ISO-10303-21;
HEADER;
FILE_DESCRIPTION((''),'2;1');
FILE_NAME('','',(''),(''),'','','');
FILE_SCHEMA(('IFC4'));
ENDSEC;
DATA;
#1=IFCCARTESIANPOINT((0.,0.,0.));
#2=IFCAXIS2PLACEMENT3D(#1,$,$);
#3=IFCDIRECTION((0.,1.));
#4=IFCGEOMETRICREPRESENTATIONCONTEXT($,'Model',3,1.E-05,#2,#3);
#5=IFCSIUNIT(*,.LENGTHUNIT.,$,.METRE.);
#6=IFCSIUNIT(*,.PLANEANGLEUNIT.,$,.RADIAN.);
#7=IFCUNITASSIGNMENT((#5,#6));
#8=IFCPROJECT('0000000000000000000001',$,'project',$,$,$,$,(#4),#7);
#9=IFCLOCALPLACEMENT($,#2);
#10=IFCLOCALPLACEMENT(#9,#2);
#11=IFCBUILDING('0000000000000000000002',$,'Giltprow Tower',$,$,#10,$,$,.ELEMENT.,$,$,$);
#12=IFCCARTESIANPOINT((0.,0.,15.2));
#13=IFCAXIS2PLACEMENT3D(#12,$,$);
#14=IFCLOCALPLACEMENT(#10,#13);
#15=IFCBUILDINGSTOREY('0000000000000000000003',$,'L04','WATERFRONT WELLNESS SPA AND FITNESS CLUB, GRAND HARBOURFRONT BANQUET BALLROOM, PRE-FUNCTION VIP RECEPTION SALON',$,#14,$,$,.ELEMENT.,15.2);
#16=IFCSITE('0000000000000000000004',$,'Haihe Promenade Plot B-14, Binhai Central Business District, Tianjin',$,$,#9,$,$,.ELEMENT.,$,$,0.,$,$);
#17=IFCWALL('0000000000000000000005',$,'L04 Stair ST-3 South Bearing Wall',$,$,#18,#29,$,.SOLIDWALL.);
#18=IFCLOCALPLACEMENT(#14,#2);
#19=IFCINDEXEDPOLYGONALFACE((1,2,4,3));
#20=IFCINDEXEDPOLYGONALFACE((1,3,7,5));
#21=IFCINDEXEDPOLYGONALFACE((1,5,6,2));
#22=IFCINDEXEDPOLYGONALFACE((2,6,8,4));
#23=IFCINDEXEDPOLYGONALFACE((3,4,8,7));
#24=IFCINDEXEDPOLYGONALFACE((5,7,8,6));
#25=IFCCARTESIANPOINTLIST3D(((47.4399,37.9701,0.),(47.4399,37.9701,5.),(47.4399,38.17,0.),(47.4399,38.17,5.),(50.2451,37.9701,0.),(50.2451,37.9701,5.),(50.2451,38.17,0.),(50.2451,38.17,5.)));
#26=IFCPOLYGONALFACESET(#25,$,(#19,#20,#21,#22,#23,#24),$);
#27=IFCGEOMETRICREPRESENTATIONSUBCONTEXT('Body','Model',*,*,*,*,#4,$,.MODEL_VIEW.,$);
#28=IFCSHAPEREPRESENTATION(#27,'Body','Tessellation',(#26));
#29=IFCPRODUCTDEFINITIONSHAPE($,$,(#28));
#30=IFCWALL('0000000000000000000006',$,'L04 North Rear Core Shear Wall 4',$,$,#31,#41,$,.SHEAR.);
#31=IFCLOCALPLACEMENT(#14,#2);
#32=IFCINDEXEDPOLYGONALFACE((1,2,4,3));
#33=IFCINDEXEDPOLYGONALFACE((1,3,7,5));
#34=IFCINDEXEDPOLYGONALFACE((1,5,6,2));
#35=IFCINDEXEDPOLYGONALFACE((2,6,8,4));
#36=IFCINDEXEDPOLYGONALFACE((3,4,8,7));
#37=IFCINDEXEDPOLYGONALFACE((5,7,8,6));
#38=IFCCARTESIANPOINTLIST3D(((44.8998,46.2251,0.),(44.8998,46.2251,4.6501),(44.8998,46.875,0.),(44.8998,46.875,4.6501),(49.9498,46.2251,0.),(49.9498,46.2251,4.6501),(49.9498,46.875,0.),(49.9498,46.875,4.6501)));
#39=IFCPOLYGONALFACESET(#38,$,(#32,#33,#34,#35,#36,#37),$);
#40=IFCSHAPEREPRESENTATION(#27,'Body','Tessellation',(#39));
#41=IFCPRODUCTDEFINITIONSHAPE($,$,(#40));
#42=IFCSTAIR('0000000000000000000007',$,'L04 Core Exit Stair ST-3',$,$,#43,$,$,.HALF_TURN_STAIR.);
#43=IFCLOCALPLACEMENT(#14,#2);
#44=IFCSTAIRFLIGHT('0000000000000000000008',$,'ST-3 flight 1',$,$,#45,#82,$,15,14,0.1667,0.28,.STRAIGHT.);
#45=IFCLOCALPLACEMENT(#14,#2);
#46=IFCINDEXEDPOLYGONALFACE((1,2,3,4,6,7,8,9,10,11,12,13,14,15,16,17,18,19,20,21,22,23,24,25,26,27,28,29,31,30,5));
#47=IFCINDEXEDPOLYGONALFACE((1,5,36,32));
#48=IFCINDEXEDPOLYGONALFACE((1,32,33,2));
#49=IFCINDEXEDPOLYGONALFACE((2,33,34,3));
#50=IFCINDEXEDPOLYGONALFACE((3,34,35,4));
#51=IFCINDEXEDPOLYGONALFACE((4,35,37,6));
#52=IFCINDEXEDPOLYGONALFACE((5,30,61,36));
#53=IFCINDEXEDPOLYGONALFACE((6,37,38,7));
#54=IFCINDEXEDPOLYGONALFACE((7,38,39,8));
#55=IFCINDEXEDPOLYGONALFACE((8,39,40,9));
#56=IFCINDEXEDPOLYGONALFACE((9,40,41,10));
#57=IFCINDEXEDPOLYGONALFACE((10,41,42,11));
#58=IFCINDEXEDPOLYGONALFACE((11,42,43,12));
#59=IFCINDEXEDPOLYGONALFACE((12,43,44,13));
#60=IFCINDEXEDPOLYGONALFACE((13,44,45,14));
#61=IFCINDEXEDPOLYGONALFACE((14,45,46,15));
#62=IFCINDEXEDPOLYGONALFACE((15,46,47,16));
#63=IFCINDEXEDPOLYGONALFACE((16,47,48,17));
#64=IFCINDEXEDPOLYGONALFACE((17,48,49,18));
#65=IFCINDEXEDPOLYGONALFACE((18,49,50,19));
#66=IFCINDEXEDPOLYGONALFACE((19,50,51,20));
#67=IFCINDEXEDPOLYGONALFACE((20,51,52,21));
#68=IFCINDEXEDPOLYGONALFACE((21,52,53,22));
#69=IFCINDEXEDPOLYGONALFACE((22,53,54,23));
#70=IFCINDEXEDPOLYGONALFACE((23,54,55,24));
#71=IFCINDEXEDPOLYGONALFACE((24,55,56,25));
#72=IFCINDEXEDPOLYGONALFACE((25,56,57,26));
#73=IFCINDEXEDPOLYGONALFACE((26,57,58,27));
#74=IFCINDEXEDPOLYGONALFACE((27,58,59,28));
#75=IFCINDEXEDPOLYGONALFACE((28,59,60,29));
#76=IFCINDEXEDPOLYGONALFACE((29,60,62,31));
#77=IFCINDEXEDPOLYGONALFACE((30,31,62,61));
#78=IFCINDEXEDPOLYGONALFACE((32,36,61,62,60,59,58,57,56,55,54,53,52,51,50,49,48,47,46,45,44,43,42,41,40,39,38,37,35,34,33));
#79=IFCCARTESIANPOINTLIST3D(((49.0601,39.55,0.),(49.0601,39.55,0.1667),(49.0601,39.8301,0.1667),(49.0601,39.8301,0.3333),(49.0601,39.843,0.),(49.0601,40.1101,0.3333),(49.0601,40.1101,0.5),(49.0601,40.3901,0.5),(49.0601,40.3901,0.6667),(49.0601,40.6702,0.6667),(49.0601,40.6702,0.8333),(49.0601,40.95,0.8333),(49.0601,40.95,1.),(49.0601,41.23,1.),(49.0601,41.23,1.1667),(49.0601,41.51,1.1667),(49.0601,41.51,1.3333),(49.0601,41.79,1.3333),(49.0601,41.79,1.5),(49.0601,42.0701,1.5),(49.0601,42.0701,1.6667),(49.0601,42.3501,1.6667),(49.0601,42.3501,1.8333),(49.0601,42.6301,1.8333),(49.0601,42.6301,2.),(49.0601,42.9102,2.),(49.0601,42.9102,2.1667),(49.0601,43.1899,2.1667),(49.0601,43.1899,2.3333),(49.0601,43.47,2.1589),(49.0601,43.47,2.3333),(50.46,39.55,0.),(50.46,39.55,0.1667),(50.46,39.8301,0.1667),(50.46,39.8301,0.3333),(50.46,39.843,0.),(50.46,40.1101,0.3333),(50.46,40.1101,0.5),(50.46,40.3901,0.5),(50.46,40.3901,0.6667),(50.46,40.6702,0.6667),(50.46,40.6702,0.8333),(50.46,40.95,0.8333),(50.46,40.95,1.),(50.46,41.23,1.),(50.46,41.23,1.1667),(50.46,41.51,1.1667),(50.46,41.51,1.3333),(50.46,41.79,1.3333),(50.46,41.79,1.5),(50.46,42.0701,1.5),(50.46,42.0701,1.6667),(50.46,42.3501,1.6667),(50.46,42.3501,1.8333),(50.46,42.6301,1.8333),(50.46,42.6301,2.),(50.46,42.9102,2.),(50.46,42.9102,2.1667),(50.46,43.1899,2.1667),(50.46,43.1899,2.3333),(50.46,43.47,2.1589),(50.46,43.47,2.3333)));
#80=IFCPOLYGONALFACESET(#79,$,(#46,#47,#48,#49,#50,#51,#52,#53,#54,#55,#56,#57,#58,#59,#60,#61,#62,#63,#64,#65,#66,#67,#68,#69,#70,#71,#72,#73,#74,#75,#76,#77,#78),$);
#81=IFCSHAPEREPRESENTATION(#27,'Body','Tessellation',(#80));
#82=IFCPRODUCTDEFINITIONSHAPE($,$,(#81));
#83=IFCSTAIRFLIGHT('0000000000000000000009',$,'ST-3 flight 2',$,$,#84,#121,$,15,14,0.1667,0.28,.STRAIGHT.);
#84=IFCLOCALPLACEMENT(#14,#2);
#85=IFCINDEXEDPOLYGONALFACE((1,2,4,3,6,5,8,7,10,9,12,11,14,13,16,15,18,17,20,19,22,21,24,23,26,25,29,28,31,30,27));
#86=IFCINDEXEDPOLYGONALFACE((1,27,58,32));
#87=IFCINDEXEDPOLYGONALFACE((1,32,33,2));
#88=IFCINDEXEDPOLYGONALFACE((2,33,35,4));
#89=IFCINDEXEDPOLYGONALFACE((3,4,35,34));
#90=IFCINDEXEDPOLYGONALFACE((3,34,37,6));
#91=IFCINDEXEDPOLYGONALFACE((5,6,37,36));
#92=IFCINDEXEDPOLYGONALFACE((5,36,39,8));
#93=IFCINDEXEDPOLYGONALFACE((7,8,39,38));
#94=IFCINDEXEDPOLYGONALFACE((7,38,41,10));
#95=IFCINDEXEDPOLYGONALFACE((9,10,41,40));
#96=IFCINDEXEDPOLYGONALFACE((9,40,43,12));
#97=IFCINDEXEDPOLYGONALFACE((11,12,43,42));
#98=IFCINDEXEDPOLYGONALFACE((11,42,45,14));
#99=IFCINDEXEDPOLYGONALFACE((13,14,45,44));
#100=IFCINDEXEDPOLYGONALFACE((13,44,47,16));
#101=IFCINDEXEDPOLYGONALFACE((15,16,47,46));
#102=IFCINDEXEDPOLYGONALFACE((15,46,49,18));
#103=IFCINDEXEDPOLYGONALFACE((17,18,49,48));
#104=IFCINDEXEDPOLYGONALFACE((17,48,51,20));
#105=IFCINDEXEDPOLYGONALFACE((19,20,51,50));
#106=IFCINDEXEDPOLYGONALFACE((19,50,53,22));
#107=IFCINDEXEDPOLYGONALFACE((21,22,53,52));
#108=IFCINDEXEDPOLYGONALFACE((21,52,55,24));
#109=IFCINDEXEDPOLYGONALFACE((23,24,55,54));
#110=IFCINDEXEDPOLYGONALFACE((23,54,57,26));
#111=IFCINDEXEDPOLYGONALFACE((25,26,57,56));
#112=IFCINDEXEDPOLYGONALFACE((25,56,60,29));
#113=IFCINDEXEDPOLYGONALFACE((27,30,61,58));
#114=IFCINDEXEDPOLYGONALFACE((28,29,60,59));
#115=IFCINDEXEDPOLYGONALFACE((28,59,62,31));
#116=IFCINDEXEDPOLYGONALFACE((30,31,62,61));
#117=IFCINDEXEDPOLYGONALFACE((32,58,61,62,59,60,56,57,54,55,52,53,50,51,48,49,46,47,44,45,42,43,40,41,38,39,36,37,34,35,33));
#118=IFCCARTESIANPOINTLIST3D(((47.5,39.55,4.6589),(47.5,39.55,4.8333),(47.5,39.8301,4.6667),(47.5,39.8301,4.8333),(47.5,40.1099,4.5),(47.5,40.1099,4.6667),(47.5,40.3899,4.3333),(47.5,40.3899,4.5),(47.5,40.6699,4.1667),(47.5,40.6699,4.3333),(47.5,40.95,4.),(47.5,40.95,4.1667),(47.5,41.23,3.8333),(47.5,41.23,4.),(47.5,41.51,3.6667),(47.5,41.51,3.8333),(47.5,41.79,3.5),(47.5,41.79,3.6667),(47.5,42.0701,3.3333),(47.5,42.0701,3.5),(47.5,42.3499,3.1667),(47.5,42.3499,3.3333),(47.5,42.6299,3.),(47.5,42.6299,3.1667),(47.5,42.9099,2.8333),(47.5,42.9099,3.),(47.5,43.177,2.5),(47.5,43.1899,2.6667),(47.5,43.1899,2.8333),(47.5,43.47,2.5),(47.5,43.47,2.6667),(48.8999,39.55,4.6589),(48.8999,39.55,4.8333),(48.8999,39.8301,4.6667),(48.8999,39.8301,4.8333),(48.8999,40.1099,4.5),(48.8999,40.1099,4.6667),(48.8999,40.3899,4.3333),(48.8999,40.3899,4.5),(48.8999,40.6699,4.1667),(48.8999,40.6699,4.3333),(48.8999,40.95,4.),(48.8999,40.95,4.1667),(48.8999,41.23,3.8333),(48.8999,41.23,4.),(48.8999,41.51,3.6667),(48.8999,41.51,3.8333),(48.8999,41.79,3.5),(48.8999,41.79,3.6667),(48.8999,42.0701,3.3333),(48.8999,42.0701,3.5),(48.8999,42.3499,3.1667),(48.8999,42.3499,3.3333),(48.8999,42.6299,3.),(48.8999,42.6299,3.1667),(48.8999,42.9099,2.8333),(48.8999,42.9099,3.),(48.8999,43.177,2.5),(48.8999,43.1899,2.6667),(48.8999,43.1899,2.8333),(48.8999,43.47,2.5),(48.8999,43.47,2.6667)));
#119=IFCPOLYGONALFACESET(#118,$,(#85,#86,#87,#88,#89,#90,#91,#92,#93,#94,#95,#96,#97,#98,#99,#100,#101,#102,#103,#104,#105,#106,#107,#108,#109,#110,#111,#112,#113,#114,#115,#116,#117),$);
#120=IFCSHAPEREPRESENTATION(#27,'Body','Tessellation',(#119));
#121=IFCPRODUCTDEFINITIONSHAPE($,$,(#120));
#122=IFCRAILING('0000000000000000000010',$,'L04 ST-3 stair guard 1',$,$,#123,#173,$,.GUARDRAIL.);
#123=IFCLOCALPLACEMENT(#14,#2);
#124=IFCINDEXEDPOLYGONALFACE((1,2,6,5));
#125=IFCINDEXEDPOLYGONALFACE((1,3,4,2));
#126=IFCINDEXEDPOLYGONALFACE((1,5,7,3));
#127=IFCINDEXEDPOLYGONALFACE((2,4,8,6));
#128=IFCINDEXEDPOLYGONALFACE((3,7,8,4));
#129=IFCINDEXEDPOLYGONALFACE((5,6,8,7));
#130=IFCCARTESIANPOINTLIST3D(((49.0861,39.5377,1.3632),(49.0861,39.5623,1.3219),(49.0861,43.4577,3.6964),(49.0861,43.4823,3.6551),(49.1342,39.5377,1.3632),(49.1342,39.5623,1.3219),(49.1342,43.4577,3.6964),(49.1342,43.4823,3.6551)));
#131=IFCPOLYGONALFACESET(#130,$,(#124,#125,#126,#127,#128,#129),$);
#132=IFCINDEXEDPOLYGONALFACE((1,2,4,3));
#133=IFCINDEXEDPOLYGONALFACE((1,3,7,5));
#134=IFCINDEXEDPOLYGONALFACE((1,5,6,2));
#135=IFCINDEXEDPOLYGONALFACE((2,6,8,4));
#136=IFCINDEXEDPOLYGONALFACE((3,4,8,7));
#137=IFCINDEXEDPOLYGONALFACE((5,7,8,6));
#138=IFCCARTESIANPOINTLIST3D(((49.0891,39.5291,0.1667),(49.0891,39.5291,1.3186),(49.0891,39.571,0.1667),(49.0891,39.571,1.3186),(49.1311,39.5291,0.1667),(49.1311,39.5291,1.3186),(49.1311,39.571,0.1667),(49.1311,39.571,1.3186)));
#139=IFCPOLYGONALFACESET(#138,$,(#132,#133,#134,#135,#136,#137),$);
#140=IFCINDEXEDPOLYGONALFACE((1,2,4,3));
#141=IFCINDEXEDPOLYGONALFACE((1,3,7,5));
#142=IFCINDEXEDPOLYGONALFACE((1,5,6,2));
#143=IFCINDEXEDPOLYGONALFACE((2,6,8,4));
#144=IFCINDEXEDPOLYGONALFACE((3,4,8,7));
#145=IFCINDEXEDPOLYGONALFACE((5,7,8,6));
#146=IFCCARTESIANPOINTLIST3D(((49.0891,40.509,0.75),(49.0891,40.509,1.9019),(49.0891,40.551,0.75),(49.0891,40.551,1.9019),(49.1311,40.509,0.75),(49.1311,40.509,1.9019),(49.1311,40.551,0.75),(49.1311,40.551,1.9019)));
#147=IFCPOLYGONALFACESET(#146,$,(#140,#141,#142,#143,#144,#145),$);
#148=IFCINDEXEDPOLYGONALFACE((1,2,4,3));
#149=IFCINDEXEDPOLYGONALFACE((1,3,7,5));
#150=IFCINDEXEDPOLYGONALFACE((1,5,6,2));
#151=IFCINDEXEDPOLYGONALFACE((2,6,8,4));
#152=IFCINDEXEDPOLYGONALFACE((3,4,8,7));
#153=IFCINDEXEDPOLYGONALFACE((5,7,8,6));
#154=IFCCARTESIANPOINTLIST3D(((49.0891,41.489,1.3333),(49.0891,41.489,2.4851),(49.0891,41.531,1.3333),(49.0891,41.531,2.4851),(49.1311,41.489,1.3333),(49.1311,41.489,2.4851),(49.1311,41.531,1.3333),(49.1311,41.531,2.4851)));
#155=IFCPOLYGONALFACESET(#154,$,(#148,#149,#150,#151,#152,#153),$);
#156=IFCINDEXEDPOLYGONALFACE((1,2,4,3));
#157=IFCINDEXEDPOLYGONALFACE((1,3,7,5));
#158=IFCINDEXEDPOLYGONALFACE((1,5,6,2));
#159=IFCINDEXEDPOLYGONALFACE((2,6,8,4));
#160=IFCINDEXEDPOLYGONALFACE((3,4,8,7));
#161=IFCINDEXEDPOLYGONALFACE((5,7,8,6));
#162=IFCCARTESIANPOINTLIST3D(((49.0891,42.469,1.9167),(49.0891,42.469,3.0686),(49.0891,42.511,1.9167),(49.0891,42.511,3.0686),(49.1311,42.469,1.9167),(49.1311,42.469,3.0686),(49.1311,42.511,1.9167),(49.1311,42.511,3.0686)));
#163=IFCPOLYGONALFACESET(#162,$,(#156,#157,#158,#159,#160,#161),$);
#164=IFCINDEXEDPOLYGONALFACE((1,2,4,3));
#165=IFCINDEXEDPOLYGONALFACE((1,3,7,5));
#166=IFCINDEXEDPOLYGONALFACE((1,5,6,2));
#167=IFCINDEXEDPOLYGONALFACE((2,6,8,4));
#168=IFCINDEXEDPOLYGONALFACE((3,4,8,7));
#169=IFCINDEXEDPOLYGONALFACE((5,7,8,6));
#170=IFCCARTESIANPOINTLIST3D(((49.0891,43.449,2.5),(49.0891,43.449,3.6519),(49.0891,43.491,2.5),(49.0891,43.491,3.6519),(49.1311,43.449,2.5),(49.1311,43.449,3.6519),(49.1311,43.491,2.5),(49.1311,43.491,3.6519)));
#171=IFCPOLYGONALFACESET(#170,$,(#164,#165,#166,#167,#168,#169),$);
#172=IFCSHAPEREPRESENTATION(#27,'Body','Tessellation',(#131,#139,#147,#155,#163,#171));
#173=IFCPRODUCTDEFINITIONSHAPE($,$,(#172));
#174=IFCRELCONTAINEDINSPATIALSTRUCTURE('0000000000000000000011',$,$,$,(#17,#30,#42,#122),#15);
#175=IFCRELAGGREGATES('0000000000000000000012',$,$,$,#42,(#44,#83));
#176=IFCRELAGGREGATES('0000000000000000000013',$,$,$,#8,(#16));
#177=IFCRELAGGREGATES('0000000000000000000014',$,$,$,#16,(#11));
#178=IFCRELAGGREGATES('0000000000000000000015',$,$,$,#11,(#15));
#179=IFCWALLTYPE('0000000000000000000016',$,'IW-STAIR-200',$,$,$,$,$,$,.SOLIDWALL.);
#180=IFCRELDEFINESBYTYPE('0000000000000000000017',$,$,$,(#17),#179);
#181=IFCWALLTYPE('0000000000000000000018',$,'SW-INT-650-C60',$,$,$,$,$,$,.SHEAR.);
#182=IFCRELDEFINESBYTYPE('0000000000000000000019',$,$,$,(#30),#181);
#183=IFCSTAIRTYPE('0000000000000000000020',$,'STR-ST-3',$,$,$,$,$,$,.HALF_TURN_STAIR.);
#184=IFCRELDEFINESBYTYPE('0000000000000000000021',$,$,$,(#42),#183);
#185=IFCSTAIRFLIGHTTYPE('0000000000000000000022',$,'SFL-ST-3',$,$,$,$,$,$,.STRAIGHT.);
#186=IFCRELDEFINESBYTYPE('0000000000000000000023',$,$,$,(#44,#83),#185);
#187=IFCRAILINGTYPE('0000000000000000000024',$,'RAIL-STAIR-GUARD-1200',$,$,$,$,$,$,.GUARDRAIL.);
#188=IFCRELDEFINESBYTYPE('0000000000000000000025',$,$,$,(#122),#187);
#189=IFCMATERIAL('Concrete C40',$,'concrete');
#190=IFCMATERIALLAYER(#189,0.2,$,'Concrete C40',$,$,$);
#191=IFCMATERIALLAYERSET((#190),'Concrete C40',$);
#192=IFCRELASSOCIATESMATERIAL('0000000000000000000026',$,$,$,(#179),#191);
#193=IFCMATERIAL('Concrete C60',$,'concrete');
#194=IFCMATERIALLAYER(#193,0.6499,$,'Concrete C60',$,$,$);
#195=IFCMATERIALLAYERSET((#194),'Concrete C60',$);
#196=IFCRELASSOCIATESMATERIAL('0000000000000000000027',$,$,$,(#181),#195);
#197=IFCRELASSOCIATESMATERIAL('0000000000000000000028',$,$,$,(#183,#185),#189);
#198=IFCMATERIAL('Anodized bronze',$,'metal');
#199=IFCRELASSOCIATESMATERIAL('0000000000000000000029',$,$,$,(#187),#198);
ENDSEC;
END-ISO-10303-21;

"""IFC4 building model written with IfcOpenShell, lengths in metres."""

from ifc_helpers import new_model, si_unit, direction, frame, frame_2d, origin, origin_2d, place, context, subcontext, project, spatial, polyline, rectangle, outline, extrude, material, layer, layer_set, type_object, element, aggregate, save


model = new_model("IFC4")

# Units and contexts
model_context = context("Model", 3, precision=1e-05, world=origin(), true_north=direction((0.0, 1.0)))
body_context = subcontext(model_context, "Body", "Model", "MODEL_VIEW")
ifc_project = project(units=[si_unit("LENGTHUNIT", "METRE"), si_unit("PLANEANGLEUNIT", "RADIAN")], contexts=[model_context])

# Site, building, storey
site_placement = place(None, origin())
site = spatial("IfcSite", under=ifc_project, at=site_placement, Name="Haihe Promenade Plot B-14, Binhai Central Business District, Tianjin", CompositionType="ELEMENT", RefElevation=0.0)
building_placement = place(site_placement, origin())
building = spatial("IfcBuilding", under=site, at=building_placement, Name="Giltprow Tower", CompositionType="ELEMENT")
storey_placement = place(building_placement, frame((0.0, 0.0, 15.2)))
storey = spatial("IfcBuildingStorey", under=building, at=storey_placement, Name="L04", Description="WATERFRONT WELLNESS SPA AND FITNESS CLUB, GRAND HARBOURFRONT BANQUET BALLROOM, PRE-FUNCTION VIP RECEPTION SALON", CompositionType="ELEMENT", Elevation=15.2)

# Shared definitions
ifc_material_1 = material(Name="Concrete C40", Category="concrete")

# Shared definitions
ifc_layer_1 = layer(ifc_material_1, 0.2, Name="Concrete C40")
ifc_layer_set_1 = layer_set([ifc_layer_1], Name="Concrete C40")
wall_type_1 = type_object("IfcWallType", Name="IW-STAIR-200", PredefinedType="SOLIDWALL", material=ifc_layer_set_1)

# Walls
for number, where, z_axis, x_axis, name in (
    (1, (47.4399, 38.0701, 0.0), (0.0, 0.0, 1.0), (1.0, 0.0, 0.0), "L04 Stair ST-3 South Bearing Wall"),
):
    element("IfcWall", number, at=place(storey_placement, frame(where, z_axis=z_axis, x_axis=x_axis)), inside=storey, type_object=wall_type_1, Name=name, PredefinedType="SOLIDWALL", context=body_context, shape_type="SweptSolid", body=[
        extrude(rectangle(XDim=2.8052, YDim=0.2, at=frame_2d((1.4026, 0.0))), origin(), (0.0, 0.0, 1.0), 5.0),
    ])
ifc_material_2 = material(Name="Concrete C60", Category="concrete")
ifc_layer_2 = layer(ifc_material_2, 0.6499, Name="Concrete C60")
ifc_layer_set_2 = layer_set([ifc_layer_2], Name="Concrete C60")
wall_type_2 = type_object("IfcWallType", Name="SW-INT-650-C60", PredefinedType="SHEAR", material=ifc_layer_set_2)
wall_1_placement = place(storey_placement, frame((44.8999, 46.55, 0.0), z_axis=(0.0, 0.0, 1.0), x_axis=(1.0, 0.0, 0.0)))
element("IfcWall", 2, at=wall_1_placement, inside=storey, type_object=wall_type_2, Name="L04 North Rear Core Shear Wall 4", PredefinedType="SHEAR", context=body_context, shape_type="SweptSolid", body=[
    extrude(rectangle(XDim=5.05, YDim=0.6499, at=frame_2d((2.5249, 0.0))), origin(), (0.0, 0.0, 1.0), 4.6501),
])

# Stair, stair flights
stair_type = type_object("IfcStairType", Name="STR-ST-3", PredefinedType="HALF_TURN_STAIR", material=ifc_material_1)
stair_placement = place(storey_placement, origin())
stair = element("IfcStair", 3, at=stair_placement, inside=storey, type_object=stair_type, Name="L04 Core Exit Stair ST-3", PredefinedType="HALF_TURN_STAIR")
stair_flight_type = type_object("IfcStairFlightType", Name="SFL-ST-3", PredefinedType="STRAIGHT", material=ifc_material_1)
stair_flight_1_placement = place(storey_placement, frame((49.76, 39.55, 0.0), z_axis=(0.0, 0.0, 1.0), x_axis=(0.0, 1.0, 0.0)))
stair_flight_1 = element("IfcStairFlight", 4, at=stair_flight_1_placement, type_object=stair_flight_type, Name="ST-3 flight 1", NumberOfRisers=15, NumberOfTreads=14, PredefinedType="STRAIGHT", RiserHeight=0.1667, TreadLength=0.28, context=body_context, shape_type="SweptSolid", body=[
    extrude(outline(polyline([(0.0, 0.0), (0.0, 0.1667), (0.28, 0.1667), (0.28, 0.3333), (0.5601, 0.3333), (0.5601, 0.5), (0.8401, 0.5), (0.8401, 0.6667), (1.1201, 0.6667), (1.1201, 0.8333), (1.3999, 0.8333), (1.3999, 1.0), (1.6799, 1.0), (1.6799, 1.1667), (1.96, 1.1667), (1.96, 1.3333), (2.24, 1.3333), (2.24, 1.5), (2.52, 1.5), (2.52, 1.6667), (2.8, 1.6667), (2.8, 1.8333), (3.0801, 1.8333), (3.0801, 2.0), (3.3601, 2.0), (3.3601, 2.1667), (3.6399, 2.1667), (3.6399, 2.3333), (3.9199, 2.3333), (3.9199, 2.5), (3.9199, 2.1589), (0.293, 0.0), (0.0, 0.0)])), frame((0.0, 0.7, 0.0), z_axis=(0.0, -1.0, 0.0), x_axis=(1.0, 0.0, 0.0)), (0.0, 0.0, 1.0), 1.3999),
])
stair_flight_2_placement = place(storey_placement, frame((48.2, 43.47, 2.5), z_axis=(0.0, 0.0, 1.0), x_axis=(0.0, -1.0, 0.0)))
stair_flight_2 = element("IfcStairFlight", 5, at=stair_flight_2_placement, type_object=stair_flight_type, Name="ST-3 flight 2", NumberOfRisers=15, NumberOfTreads=14, PredefinedType="STRAIGHT", RiserHeight=0.1667, TreadLength=0.28, context=body_context, shape_type="SweptSolid", body=[
    extrude(outline(polyline([(0.0, 0.0), (0.0, 0.1667), (0.28, 0.1667), (0.28, 0.3333), (0.5601, 0.3333), (0.5601, 0.5), (0.8401, 0.5), (0.8401, 0.6667), (1.1201, 0.6667), (1.1201, 0.8333), (1.3999, 0.8333), (1.3999, 1.0), (1.6799, 1.0), (1.6799, 1.1667), (1.96, 1.1667), (1.96, 1.3333), (2.24, 1.3333), (2.24, 1.5), (2.52, 1.5), (2.52, 1.6667), (2.8, 1.6667), (2.8, 1.8333), (3.0801, 1.8333), (3.0801, 2.0), (3.3601, 2.0), (3.3601, 2.1667), (3.6399, 2.1667), (3.6399, 2.3333), (3.9199, 2.3333), (3.9199, 2.5), (3.9199, 2.1589), (0.293, 0.0), (0.0, 0.0)])), frame((0.0, 0.7, 0.0), z_axis=(0.0, -1.0, 0.0), x_axis=(1.0, 0.0, 0.0)), (0.0, 0.0, 1.0), 1.3999),
])
aggregate(stair, [stair_flight_1, stair_flight_2])

# Railing
ifc_material_3 = material(Name="Anodized bronze", Category="metal")
railing_type_1 = type_object("IfcRailingType", Name="RAIL-STAIR-GUARD-1200", PredefinedType="GUARDRAIL", material=ifc_material_3)
railing_1_placement = place(storey_placement, frame((49.1101, 39.55, 0.1667)))
element("IfcRailing", 6, at=railing_1_placement, inside=storey, type_object=railing_type_1, Name="L04 ST-3 stair guard 1", PredefinedType="GUARDRAIL", context=body_context, shape_type="SweptSolid", body=[
    extrude(rectangle(XDim=0.0481, YDim=0.0481, at=origin_2d()), frame((0.0, 0.0, 1.1758), z_axis=(0.0, 0.859296, 0.511478), x_axis=(-1.0, 0.0, 0.0)), (0.0, 0.0, 1.0), 4.5618),
    extrude(rectangle(XDim=0.042, YDim=0.042, at=origin_2d()), origin(), (0.0, 0.0, 1.0), 1.1519),
    extrude(rectangle(XDim=0.042, YDim=0.042, at=origin_2d()), frame((0.0, 0.98, 0.5833)), (0.0, 0.0, 1.0), 1.1519),
    extrude(rectangle(XDim=0.042, YDim=0.042, at=origin_2d()), frame((0.0, 1.96, 1.1665)), (0.0, 0.0, 1.0), 1.1519),
    extrude(rectangle(XDim=0.042, YDim=0.042, at=origin_2d()), frame((0.0, 2.9399, 1.75)), (0.0, 0.0, 1.0), 1.1519),
    extrude(rectangle(XDim=0.042, YDim=0.042, at=origin_2d()), frame((0.0, 3.9199, 2.3333)), (0.0, 0.0, 1.0), 1.1519),
])

save(model, "model.ifc")
